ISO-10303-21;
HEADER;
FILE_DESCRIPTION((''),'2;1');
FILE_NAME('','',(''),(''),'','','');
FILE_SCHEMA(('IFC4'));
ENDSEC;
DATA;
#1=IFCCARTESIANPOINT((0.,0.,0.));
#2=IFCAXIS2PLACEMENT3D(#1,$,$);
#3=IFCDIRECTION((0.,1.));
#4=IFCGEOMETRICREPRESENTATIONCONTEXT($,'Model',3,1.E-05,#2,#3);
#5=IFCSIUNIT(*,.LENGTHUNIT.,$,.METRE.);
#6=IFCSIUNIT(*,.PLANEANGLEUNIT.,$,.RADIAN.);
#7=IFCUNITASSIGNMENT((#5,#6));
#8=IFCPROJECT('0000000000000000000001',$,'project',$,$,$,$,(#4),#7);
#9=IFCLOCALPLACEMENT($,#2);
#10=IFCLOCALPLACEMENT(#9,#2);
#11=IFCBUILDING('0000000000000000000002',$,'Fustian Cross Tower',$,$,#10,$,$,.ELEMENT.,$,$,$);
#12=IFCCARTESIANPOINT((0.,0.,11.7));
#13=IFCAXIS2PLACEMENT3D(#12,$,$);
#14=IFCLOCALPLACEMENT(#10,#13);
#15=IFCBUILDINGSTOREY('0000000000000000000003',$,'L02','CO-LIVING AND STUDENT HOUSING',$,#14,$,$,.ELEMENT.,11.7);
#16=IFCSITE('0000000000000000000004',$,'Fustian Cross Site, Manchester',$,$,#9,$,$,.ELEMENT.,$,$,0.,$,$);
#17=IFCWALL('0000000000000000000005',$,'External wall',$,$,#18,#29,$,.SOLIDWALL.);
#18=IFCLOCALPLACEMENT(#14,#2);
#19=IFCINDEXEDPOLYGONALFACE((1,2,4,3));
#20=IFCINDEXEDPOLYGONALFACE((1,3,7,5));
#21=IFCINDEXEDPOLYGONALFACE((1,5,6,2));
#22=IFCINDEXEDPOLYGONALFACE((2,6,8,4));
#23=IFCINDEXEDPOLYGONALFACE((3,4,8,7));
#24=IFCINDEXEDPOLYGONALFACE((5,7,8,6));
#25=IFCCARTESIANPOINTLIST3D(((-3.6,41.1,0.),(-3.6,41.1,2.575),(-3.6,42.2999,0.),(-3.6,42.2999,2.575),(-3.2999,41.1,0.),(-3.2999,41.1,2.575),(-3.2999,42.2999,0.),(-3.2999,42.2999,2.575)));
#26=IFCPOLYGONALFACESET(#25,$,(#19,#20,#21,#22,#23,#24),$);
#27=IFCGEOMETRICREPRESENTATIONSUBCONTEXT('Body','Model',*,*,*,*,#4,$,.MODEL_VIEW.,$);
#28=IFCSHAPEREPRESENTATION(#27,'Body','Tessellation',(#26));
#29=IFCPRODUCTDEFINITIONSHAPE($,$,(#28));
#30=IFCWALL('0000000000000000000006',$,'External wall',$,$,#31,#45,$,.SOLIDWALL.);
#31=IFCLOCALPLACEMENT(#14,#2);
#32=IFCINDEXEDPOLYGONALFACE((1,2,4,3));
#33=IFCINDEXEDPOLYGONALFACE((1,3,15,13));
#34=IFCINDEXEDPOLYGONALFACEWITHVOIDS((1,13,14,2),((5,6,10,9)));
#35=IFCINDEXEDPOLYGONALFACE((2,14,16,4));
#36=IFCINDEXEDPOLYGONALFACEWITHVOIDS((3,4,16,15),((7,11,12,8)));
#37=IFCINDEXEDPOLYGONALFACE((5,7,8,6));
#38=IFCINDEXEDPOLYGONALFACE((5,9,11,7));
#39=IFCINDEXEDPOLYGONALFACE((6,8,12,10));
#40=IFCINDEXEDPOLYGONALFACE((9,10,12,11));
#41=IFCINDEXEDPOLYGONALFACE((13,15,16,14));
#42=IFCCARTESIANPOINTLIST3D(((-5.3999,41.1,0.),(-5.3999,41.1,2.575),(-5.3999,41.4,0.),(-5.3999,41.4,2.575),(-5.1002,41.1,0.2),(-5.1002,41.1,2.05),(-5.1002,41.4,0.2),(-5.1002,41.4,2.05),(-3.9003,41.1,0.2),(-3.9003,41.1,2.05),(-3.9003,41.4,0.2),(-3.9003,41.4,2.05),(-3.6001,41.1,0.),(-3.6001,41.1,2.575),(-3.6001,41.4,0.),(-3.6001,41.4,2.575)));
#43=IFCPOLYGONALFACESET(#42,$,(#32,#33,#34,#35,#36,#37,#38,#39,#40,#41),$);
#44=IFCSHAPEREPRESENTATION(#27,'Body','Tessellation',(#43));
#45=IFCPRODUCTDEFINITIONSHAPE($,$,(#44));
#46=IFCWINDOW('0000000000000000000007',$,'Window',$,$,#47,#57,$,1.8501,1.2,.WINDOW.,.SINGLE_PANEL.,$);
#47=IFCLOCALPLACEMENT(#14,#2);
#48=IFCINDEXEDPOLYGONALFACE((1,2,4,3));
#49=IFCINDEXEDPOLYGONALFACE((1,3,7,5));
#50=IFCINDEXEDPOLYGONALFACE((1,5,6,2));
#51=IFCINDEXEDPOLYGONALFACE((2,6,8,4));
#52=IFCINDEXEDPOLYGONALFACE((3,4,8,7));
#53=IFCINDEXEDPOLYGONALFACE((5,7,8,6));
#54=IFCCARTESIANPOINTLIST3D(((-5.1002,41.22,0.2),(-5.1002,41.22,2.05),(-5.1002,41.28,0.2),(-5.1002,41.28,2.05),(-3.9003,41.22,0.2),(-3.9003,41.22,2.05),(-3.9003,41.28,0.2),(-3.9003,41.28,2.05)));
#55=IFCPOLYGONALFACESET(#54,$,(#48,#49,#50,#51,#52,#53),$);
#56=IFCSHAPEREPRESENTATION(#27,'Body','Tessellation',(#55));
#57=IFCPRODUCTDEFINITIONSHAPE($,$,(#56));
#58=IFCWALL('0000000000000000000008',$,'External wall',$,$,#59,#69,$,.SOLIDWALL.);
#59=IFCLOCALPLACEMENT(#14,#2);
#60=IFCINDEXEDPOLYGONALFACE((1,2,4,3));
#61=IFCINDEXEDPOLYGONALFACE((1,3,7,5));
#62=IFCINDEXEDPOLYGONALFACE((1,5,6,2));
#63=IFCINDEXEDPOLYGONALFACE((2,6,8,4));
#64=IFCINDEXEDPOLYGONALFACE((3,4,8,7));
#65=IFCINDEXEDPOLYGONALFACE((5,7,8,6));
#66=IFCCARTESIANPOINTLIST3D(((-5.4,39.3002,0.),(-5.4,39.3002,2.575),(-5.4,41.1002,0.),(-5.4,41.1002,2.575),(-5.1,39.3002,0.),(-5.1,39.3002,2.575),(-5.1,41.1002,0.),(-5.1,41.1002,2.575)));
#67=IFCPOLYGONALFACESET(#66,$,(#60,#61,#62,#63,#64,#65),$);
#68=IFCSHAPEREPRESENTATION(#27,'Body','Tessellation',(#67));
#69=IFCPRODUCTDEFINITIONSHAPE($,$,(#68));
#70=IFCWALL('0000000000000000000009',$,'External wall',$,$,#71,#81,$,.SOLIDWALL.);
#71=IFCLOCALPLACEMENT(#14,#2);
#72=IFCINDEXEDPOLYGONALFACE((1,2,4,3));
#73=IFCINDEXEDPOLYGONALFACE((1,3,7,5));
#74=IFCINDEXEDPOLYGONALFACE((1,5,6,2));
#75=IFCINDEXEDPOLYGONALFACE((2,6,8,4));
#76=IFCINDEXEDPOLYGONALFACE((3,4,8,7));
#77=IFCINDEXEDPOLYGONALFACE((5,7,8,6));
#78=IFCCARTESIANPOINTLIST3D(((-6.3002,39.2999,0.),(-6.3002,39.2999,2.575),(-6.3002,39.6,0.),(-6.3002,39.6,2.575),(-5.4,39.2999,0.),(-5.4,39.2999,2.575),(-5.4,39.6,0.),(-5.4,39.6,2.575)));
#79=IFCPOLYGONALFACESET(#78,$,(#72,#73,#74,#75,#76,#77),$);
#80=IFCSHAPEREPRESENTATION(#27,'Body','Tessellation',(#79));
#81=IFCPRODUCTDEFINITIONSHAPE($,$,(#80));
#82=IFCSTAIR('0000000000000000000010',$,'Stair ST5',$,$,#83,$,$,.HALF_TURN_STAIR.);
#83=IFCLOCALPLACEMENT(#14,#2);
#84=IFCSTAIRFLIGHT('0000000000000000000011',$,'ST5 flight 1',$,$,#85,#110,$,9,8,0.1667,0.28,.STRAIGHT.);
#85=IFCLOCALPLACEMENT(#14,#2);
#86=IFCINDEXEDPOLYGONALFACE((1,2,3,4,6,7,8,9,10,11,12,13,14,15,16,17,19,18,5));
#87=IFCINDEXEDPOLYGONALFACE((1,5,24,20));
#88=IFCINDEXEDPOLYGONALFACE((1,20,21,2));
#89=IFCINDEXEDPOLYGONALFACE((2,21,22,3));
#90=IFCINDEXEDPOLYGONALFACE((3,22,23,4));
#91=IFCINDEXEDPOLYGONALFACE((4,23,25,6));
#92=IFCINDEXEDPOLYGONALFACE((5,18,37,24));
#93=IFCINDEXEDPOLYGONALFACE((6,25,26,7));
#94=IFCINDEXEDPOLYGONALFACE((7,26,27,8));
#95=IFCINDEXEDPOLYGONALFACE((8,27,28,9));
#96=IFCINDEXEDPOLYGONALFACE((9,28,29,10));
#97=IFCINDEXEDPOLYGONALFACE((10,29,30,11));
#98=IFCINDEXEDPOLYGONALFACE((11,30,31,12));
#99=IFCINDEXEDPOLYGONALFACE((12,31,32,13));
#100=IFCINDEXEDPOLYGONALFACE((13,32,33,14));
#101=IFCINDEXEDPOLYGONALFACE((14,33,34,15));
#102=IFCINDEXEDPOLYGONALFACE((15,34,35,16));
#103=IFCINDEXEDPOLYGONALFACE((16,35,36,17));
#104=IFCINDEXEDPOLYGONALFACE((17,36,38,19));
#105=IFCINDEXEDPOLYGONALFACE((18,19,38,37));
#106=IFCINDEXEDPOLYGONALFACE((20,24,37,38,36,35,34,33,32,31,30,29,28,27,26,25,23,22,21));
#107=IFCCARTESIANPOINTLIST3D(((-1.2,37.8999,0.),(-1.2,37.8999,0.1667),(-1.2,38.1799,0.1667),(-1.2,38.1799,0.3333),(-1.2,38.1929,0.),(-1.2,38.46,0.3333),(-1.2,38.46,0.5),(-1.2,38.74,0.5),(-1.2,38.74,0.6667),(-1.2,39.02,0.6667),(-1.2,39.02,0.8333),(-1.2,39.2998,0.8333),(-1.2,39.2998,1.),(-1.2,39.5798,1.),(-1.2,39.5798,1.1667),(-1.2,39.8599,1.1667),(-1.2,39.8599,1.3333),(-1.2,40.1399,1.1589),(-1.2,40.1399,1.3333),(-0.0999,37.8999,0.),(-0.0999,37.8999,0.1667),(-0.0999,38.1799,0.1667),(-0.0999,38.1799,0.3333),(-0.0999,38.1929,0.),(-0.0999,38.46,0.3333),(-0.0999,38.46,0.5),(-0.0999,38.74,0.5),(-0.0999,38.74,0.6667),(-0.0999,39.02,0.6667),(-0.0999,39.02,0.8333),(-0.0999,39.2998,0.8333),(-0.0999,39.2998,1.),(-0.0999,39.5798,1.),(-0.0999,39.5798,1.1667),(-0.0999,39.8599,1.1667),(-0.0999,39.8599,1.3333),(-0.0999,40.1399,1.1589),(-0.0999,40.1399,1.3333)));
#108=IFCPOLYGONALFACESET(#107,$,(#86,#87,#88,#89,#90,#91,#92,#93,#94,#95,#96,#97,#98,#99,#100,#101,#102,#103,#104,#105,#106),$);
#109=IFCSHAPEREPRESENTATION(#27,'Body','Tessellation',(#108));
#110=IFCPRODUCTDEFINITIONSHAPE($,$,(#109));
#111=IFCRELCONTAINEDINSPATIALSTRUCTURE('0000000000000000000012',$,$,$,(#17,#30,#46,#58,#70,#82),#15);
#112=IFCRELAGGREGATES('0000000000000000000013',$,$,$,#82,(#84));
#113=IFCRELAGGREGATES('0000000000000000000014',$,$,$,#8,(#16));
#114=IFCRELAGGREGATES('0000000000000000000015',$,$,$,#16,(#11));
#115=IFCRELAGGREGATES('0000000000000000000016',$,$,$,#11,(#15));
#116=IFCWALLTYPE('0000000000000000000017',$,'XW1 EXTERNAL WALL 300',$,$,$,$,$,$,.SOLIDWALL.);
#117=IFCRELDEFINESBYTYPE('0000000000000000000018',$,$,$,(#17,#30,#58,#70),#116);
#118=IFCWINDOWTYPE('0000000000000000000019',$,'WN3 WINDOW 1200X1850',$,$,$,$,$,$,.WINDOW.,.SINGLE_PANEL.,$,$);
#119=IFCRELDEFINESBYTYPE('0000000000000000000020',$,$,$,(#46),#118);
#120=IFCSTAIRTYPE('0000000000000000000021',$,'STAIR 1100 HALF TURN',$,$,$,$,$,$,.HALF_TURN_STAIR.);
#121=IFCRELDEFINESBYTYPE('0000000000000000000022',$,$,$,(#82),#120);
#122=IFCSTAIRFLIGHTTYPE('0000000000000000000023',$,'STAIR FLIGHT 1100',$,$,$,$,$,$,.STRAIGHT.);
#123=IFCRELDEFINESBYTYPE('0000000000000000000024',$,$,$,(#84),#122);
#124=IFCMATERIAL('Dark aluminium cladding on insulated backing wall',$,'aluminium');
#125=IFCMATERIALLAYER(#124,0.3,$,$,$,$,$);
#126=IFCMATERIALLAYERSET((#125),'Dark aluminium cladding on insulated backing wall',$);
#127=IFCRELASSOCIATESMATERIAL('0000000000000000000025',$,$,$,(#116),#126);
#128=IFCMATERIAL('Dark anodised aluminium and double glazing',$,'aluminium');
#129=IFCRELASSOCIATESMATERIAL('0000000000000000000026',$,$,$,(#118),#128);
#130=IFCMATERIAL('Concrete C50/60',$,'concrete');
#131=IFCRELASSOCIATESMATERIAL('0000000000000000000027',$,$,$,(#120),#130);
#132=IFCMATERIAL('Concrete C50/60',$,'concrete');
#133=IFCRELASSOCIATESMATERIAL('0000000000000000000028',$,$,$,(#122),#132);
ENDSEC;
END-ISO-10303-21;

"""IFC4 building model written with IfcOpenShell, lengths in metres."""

from ifc_helpers import new_model, si_unit, direction, frame, frame_2d, origin, place, context, subcontext, project, spatial, polyline, rectangle, outline, extrude, material, layer, layer_set, type_object, element, fill, aggregate, save


model = new_model("IFC4")

# Units and contexts
model_context = context("Model", 3, precision=1e-05, world=origin(), true_north=direction((0.0, 1.0)))
body_context = subcontext(model_context, "Body", "Model", "MODEL_VIEW")
ifc_project = project(units=[si_unit("LENGTHUNIT", "METRE"), si_unit("PLANEANGLEUNIT", "RADIAN")], contexts=[model_context])

# Site, building, storey
site_placement = place(None, origin())
site = spatial("IfcSite", under=ifc_project, at=site_placement, Name="Fustian Cross Site, Manchester", CompositionType="ELEMENT", RefElevation=0.0)
building_placement = place(site_placement, origin())
building = spatial("IfcBuilding", under=site, at=building_placement, Name="Fustian Cross Tower", CompositionType="ELEMENT")
storey_placement = place(building_placement, frame((0.0, 0.0, 11.7)))
storey = spatial("IfcBuildingStorey", under=building, at=storey_placement, Name="L02", Description="CO-LIVING AND STUDENT HOUSING", CompositionType="ELEMENT", Elevation=11.7)

# Wall
ifc_material_1 = material(Name="Dark aluminium cladding on insulated backing wall", Category="aluminium")
ifc_layer_1 = layer(ifc_material_1, 0.3)
ifc_layer_set_1 = layer_set([ifc_layer_1], Name="Dark aluminium cladding on insulated backing wall")
wall_type_1 = type_object("IfcWallType", Name="XW1 EXTERNAL WALL 300", PredefinedType="SOLIDWALL", material=ifc_layer_set_1)
wall_1_placement = place(storey_placement, frame((-3.45, 42.3, 0.0), z_axis=(0.0, 0.0, 1.0), x_axis=(0.0, -1.0, 0.0)))
element("IfcWall", 1, at=wall_1_placement, inside=storey, type_object=wall_type_1, Name="External wall", PredefinedType="SOLIDWALL", context=body_context, shape_type="SweptSolid", body=[
    extrude(rectangle(XDim=1.2, YDim=0.3, at=frame_2d((0.6001, 0.0))), origin(), (0.0, 0.0, 1.0), 2.575),
])

# Wall, opening, window
wall_2_placement = place(storey_placement, frame((-3.6001, 41.25, 0.0), z_axis=(0.0, 0.0, 1.0), x_axis=(-1.0, 0.0, 0.0)))
wall_2 = element("IfcWall", 2, at=wall_2_placement, inside=storey, type_object=wall_type_1, Name="External wall", PredefinedType="SOLIDWALL", context=body_context, shape_type="SweptSolid", body=[
    extrude(rectangle(XDim=1.7998, YDim=0.3, at=frame_2d((0.8999, 0.0))), origin(), (0.0, 0.0, 1.0), 2.575),
])
opening_1_placement = place(wall_2_placement, frame((0.3, 0.0, 0.2)))
opening_1 = element("IfcOpeningElement", 3, at=opening_1_placement, cuts=wall_2, PredefinedType="OPENING", context=body_context, shape_type="SweptSolid", body=[
    extrude(rectangle(XDim=1.2, YDim=1.8501, at=frame_2d((0.6001, 0.925))), frame((0.0, 0.1599, 0.0), z_axis=(0.0, -1.0, 0.0), x_axis=(1.0, 0.0, 0.0)), (0.0, 0.0, 1.0), 0.3201),
])
ifc_material_2 = material(Name="Dark anodised aluminium and double glazing", Category="aluminium")
window_type = type_object("IfcWindowType", Name="WN3 WINDOW 1200X1850", PartitioningType="SINGLE_PANEL", PredefinedType="WINDOW", material=ifc_material_2)
window_placement = place(opening_1_placement, origin())
window = element("IfcWindow", 4, at=window_placement, inside=storey, type_object=window_type, Name="Window", OverallHeight=1.8501, OverallWidth=1.2, PartitioningType="SINGLE_PANEL", PredefinedType="WINDOW", context=body_context, shape_type="SweptSolid", body=[
    extrude(rectangle(XDim=1.2, YDim=1.8501, at=frame_2d((0.6001, 0.925))), frame((0.0, 0.03, 0.0), z_axis=(0.0, -1.0, 0.0), x_axis=(1.0, 0.0, 0.0)), (0.0, 0.0, 1.0), 0.0601),
])
fill(opening_1, window)

# Walls
wall_3_placement = place(storey_placement, frame((-5.25, 41.1001, 0.0), z_axis=(0.0, 0.0, 1.0), x_axis=(0.0, -1.0, 0.0)))
element("IfcWall", 5, at=wall_3_placement, inside=storey, type_object=wall_type_1, Name="External wall", PredefinedType="SOLIDWALL", context=body_context, shape_type="SweptSolid", body=[
    extrude(rectangle(XDim=1.8, YDim=0.3, at=frame_2d((0.8999, 0.0))), origin(), (0.0, 0.0, 1.0), 2.575),
])
wall_4_placement = place(storey_placement, frame((-5.3999, 39.45, 0.0), z_axis=(0.0, 0.0, 1.0), x_axis=(-1.0, 0.0, 0.0)))
element("IfcWall", 6, at=wall_4_placement, inside=storey, type_object=wall_type_1, Name="External wall", PredefinedType="SOLIDWALL", context=body_context, shape_type="SweptSolid", body=[
    extrude(rectangle(XDim=0.9001, YDim=0.3, at=frame_2d((0.4502, 0.0))), origin(), (0.0, 0.0, 1.0), 2.575),
])

# Stair, stair flight
ifc_material_3 = material(Name="Concrete C50/60", Category="concrete")
stair_type = type_object("IfcStairType", Name="STAIR 1100 HALF TURN", PredefinedType="HALF_TURN_STAIR", material=ifc_material_3)
stair_placement = place(storey_placement, origin())
stair = element("IfcStair", 7, at=stair_placement, inside=storey, type_object=stair_type, Name="Stair ST5", PredefinedType="HALF_TURN_STAIR")
ifc_material_4 = material(Name="Concrete C50/60", Category="concrete")
stair_flight_type = type_object("IfcStairFlightType", Name="STAIR FLIGHT 1100", PredefinedType="STRAIGHT", material=ifc_material_4)
stair_flight_placement = place(storey_placement, frame((-0.6499, 37.8999, 0.0), z_axis=(0.0, 0.0, 1.0), x_axis=(0.0, 1.0, 0.0)))
stair_flight = element("IfcStairFlight", 8, at=stair_flight_placement, type_object=stair_flight_type, Name="ST5 flight 1", NumberOfRisers=9, NumberOfTreads=8, PredefinedType="STRAIGHT", RiserHeight=0.1667, TreadLength=0.28, context=body_context, shape_type="SweptSolid", body=[
    extrude(outline(polyline([(0.0, 0.0), (0.0, 0.1667), (0.28, 0.1667), (0.28, 0.3333), (0.5601, 0.3333), (0.5601, 0.5), (0.8401, 0.5), (0.8401, 0.6667), (1.1201, 0.6667), (1.1201, 0.8333), (1.3999, 0.8333), (1.3999, 1.0), (1.6799, 1.0), (1.6799, 1.1667), (1.96, 1.1667), (1.96, 1.3333), (2.24, 1.3333), (2.24, 1.5), (2.24, 1.1589), (0.293, 0.0), (0.0, 0.0)])), frame((0.0, 0.55, 0.0), z_axis=(0.0, -1.0, 0.0), x_axis=(1.0, 0.0, 0.0)), (0.0, 0.0, 1.0), 1.1001),
])
aggregate(stair, [stair_flight])

save(model, "model.ifc")
